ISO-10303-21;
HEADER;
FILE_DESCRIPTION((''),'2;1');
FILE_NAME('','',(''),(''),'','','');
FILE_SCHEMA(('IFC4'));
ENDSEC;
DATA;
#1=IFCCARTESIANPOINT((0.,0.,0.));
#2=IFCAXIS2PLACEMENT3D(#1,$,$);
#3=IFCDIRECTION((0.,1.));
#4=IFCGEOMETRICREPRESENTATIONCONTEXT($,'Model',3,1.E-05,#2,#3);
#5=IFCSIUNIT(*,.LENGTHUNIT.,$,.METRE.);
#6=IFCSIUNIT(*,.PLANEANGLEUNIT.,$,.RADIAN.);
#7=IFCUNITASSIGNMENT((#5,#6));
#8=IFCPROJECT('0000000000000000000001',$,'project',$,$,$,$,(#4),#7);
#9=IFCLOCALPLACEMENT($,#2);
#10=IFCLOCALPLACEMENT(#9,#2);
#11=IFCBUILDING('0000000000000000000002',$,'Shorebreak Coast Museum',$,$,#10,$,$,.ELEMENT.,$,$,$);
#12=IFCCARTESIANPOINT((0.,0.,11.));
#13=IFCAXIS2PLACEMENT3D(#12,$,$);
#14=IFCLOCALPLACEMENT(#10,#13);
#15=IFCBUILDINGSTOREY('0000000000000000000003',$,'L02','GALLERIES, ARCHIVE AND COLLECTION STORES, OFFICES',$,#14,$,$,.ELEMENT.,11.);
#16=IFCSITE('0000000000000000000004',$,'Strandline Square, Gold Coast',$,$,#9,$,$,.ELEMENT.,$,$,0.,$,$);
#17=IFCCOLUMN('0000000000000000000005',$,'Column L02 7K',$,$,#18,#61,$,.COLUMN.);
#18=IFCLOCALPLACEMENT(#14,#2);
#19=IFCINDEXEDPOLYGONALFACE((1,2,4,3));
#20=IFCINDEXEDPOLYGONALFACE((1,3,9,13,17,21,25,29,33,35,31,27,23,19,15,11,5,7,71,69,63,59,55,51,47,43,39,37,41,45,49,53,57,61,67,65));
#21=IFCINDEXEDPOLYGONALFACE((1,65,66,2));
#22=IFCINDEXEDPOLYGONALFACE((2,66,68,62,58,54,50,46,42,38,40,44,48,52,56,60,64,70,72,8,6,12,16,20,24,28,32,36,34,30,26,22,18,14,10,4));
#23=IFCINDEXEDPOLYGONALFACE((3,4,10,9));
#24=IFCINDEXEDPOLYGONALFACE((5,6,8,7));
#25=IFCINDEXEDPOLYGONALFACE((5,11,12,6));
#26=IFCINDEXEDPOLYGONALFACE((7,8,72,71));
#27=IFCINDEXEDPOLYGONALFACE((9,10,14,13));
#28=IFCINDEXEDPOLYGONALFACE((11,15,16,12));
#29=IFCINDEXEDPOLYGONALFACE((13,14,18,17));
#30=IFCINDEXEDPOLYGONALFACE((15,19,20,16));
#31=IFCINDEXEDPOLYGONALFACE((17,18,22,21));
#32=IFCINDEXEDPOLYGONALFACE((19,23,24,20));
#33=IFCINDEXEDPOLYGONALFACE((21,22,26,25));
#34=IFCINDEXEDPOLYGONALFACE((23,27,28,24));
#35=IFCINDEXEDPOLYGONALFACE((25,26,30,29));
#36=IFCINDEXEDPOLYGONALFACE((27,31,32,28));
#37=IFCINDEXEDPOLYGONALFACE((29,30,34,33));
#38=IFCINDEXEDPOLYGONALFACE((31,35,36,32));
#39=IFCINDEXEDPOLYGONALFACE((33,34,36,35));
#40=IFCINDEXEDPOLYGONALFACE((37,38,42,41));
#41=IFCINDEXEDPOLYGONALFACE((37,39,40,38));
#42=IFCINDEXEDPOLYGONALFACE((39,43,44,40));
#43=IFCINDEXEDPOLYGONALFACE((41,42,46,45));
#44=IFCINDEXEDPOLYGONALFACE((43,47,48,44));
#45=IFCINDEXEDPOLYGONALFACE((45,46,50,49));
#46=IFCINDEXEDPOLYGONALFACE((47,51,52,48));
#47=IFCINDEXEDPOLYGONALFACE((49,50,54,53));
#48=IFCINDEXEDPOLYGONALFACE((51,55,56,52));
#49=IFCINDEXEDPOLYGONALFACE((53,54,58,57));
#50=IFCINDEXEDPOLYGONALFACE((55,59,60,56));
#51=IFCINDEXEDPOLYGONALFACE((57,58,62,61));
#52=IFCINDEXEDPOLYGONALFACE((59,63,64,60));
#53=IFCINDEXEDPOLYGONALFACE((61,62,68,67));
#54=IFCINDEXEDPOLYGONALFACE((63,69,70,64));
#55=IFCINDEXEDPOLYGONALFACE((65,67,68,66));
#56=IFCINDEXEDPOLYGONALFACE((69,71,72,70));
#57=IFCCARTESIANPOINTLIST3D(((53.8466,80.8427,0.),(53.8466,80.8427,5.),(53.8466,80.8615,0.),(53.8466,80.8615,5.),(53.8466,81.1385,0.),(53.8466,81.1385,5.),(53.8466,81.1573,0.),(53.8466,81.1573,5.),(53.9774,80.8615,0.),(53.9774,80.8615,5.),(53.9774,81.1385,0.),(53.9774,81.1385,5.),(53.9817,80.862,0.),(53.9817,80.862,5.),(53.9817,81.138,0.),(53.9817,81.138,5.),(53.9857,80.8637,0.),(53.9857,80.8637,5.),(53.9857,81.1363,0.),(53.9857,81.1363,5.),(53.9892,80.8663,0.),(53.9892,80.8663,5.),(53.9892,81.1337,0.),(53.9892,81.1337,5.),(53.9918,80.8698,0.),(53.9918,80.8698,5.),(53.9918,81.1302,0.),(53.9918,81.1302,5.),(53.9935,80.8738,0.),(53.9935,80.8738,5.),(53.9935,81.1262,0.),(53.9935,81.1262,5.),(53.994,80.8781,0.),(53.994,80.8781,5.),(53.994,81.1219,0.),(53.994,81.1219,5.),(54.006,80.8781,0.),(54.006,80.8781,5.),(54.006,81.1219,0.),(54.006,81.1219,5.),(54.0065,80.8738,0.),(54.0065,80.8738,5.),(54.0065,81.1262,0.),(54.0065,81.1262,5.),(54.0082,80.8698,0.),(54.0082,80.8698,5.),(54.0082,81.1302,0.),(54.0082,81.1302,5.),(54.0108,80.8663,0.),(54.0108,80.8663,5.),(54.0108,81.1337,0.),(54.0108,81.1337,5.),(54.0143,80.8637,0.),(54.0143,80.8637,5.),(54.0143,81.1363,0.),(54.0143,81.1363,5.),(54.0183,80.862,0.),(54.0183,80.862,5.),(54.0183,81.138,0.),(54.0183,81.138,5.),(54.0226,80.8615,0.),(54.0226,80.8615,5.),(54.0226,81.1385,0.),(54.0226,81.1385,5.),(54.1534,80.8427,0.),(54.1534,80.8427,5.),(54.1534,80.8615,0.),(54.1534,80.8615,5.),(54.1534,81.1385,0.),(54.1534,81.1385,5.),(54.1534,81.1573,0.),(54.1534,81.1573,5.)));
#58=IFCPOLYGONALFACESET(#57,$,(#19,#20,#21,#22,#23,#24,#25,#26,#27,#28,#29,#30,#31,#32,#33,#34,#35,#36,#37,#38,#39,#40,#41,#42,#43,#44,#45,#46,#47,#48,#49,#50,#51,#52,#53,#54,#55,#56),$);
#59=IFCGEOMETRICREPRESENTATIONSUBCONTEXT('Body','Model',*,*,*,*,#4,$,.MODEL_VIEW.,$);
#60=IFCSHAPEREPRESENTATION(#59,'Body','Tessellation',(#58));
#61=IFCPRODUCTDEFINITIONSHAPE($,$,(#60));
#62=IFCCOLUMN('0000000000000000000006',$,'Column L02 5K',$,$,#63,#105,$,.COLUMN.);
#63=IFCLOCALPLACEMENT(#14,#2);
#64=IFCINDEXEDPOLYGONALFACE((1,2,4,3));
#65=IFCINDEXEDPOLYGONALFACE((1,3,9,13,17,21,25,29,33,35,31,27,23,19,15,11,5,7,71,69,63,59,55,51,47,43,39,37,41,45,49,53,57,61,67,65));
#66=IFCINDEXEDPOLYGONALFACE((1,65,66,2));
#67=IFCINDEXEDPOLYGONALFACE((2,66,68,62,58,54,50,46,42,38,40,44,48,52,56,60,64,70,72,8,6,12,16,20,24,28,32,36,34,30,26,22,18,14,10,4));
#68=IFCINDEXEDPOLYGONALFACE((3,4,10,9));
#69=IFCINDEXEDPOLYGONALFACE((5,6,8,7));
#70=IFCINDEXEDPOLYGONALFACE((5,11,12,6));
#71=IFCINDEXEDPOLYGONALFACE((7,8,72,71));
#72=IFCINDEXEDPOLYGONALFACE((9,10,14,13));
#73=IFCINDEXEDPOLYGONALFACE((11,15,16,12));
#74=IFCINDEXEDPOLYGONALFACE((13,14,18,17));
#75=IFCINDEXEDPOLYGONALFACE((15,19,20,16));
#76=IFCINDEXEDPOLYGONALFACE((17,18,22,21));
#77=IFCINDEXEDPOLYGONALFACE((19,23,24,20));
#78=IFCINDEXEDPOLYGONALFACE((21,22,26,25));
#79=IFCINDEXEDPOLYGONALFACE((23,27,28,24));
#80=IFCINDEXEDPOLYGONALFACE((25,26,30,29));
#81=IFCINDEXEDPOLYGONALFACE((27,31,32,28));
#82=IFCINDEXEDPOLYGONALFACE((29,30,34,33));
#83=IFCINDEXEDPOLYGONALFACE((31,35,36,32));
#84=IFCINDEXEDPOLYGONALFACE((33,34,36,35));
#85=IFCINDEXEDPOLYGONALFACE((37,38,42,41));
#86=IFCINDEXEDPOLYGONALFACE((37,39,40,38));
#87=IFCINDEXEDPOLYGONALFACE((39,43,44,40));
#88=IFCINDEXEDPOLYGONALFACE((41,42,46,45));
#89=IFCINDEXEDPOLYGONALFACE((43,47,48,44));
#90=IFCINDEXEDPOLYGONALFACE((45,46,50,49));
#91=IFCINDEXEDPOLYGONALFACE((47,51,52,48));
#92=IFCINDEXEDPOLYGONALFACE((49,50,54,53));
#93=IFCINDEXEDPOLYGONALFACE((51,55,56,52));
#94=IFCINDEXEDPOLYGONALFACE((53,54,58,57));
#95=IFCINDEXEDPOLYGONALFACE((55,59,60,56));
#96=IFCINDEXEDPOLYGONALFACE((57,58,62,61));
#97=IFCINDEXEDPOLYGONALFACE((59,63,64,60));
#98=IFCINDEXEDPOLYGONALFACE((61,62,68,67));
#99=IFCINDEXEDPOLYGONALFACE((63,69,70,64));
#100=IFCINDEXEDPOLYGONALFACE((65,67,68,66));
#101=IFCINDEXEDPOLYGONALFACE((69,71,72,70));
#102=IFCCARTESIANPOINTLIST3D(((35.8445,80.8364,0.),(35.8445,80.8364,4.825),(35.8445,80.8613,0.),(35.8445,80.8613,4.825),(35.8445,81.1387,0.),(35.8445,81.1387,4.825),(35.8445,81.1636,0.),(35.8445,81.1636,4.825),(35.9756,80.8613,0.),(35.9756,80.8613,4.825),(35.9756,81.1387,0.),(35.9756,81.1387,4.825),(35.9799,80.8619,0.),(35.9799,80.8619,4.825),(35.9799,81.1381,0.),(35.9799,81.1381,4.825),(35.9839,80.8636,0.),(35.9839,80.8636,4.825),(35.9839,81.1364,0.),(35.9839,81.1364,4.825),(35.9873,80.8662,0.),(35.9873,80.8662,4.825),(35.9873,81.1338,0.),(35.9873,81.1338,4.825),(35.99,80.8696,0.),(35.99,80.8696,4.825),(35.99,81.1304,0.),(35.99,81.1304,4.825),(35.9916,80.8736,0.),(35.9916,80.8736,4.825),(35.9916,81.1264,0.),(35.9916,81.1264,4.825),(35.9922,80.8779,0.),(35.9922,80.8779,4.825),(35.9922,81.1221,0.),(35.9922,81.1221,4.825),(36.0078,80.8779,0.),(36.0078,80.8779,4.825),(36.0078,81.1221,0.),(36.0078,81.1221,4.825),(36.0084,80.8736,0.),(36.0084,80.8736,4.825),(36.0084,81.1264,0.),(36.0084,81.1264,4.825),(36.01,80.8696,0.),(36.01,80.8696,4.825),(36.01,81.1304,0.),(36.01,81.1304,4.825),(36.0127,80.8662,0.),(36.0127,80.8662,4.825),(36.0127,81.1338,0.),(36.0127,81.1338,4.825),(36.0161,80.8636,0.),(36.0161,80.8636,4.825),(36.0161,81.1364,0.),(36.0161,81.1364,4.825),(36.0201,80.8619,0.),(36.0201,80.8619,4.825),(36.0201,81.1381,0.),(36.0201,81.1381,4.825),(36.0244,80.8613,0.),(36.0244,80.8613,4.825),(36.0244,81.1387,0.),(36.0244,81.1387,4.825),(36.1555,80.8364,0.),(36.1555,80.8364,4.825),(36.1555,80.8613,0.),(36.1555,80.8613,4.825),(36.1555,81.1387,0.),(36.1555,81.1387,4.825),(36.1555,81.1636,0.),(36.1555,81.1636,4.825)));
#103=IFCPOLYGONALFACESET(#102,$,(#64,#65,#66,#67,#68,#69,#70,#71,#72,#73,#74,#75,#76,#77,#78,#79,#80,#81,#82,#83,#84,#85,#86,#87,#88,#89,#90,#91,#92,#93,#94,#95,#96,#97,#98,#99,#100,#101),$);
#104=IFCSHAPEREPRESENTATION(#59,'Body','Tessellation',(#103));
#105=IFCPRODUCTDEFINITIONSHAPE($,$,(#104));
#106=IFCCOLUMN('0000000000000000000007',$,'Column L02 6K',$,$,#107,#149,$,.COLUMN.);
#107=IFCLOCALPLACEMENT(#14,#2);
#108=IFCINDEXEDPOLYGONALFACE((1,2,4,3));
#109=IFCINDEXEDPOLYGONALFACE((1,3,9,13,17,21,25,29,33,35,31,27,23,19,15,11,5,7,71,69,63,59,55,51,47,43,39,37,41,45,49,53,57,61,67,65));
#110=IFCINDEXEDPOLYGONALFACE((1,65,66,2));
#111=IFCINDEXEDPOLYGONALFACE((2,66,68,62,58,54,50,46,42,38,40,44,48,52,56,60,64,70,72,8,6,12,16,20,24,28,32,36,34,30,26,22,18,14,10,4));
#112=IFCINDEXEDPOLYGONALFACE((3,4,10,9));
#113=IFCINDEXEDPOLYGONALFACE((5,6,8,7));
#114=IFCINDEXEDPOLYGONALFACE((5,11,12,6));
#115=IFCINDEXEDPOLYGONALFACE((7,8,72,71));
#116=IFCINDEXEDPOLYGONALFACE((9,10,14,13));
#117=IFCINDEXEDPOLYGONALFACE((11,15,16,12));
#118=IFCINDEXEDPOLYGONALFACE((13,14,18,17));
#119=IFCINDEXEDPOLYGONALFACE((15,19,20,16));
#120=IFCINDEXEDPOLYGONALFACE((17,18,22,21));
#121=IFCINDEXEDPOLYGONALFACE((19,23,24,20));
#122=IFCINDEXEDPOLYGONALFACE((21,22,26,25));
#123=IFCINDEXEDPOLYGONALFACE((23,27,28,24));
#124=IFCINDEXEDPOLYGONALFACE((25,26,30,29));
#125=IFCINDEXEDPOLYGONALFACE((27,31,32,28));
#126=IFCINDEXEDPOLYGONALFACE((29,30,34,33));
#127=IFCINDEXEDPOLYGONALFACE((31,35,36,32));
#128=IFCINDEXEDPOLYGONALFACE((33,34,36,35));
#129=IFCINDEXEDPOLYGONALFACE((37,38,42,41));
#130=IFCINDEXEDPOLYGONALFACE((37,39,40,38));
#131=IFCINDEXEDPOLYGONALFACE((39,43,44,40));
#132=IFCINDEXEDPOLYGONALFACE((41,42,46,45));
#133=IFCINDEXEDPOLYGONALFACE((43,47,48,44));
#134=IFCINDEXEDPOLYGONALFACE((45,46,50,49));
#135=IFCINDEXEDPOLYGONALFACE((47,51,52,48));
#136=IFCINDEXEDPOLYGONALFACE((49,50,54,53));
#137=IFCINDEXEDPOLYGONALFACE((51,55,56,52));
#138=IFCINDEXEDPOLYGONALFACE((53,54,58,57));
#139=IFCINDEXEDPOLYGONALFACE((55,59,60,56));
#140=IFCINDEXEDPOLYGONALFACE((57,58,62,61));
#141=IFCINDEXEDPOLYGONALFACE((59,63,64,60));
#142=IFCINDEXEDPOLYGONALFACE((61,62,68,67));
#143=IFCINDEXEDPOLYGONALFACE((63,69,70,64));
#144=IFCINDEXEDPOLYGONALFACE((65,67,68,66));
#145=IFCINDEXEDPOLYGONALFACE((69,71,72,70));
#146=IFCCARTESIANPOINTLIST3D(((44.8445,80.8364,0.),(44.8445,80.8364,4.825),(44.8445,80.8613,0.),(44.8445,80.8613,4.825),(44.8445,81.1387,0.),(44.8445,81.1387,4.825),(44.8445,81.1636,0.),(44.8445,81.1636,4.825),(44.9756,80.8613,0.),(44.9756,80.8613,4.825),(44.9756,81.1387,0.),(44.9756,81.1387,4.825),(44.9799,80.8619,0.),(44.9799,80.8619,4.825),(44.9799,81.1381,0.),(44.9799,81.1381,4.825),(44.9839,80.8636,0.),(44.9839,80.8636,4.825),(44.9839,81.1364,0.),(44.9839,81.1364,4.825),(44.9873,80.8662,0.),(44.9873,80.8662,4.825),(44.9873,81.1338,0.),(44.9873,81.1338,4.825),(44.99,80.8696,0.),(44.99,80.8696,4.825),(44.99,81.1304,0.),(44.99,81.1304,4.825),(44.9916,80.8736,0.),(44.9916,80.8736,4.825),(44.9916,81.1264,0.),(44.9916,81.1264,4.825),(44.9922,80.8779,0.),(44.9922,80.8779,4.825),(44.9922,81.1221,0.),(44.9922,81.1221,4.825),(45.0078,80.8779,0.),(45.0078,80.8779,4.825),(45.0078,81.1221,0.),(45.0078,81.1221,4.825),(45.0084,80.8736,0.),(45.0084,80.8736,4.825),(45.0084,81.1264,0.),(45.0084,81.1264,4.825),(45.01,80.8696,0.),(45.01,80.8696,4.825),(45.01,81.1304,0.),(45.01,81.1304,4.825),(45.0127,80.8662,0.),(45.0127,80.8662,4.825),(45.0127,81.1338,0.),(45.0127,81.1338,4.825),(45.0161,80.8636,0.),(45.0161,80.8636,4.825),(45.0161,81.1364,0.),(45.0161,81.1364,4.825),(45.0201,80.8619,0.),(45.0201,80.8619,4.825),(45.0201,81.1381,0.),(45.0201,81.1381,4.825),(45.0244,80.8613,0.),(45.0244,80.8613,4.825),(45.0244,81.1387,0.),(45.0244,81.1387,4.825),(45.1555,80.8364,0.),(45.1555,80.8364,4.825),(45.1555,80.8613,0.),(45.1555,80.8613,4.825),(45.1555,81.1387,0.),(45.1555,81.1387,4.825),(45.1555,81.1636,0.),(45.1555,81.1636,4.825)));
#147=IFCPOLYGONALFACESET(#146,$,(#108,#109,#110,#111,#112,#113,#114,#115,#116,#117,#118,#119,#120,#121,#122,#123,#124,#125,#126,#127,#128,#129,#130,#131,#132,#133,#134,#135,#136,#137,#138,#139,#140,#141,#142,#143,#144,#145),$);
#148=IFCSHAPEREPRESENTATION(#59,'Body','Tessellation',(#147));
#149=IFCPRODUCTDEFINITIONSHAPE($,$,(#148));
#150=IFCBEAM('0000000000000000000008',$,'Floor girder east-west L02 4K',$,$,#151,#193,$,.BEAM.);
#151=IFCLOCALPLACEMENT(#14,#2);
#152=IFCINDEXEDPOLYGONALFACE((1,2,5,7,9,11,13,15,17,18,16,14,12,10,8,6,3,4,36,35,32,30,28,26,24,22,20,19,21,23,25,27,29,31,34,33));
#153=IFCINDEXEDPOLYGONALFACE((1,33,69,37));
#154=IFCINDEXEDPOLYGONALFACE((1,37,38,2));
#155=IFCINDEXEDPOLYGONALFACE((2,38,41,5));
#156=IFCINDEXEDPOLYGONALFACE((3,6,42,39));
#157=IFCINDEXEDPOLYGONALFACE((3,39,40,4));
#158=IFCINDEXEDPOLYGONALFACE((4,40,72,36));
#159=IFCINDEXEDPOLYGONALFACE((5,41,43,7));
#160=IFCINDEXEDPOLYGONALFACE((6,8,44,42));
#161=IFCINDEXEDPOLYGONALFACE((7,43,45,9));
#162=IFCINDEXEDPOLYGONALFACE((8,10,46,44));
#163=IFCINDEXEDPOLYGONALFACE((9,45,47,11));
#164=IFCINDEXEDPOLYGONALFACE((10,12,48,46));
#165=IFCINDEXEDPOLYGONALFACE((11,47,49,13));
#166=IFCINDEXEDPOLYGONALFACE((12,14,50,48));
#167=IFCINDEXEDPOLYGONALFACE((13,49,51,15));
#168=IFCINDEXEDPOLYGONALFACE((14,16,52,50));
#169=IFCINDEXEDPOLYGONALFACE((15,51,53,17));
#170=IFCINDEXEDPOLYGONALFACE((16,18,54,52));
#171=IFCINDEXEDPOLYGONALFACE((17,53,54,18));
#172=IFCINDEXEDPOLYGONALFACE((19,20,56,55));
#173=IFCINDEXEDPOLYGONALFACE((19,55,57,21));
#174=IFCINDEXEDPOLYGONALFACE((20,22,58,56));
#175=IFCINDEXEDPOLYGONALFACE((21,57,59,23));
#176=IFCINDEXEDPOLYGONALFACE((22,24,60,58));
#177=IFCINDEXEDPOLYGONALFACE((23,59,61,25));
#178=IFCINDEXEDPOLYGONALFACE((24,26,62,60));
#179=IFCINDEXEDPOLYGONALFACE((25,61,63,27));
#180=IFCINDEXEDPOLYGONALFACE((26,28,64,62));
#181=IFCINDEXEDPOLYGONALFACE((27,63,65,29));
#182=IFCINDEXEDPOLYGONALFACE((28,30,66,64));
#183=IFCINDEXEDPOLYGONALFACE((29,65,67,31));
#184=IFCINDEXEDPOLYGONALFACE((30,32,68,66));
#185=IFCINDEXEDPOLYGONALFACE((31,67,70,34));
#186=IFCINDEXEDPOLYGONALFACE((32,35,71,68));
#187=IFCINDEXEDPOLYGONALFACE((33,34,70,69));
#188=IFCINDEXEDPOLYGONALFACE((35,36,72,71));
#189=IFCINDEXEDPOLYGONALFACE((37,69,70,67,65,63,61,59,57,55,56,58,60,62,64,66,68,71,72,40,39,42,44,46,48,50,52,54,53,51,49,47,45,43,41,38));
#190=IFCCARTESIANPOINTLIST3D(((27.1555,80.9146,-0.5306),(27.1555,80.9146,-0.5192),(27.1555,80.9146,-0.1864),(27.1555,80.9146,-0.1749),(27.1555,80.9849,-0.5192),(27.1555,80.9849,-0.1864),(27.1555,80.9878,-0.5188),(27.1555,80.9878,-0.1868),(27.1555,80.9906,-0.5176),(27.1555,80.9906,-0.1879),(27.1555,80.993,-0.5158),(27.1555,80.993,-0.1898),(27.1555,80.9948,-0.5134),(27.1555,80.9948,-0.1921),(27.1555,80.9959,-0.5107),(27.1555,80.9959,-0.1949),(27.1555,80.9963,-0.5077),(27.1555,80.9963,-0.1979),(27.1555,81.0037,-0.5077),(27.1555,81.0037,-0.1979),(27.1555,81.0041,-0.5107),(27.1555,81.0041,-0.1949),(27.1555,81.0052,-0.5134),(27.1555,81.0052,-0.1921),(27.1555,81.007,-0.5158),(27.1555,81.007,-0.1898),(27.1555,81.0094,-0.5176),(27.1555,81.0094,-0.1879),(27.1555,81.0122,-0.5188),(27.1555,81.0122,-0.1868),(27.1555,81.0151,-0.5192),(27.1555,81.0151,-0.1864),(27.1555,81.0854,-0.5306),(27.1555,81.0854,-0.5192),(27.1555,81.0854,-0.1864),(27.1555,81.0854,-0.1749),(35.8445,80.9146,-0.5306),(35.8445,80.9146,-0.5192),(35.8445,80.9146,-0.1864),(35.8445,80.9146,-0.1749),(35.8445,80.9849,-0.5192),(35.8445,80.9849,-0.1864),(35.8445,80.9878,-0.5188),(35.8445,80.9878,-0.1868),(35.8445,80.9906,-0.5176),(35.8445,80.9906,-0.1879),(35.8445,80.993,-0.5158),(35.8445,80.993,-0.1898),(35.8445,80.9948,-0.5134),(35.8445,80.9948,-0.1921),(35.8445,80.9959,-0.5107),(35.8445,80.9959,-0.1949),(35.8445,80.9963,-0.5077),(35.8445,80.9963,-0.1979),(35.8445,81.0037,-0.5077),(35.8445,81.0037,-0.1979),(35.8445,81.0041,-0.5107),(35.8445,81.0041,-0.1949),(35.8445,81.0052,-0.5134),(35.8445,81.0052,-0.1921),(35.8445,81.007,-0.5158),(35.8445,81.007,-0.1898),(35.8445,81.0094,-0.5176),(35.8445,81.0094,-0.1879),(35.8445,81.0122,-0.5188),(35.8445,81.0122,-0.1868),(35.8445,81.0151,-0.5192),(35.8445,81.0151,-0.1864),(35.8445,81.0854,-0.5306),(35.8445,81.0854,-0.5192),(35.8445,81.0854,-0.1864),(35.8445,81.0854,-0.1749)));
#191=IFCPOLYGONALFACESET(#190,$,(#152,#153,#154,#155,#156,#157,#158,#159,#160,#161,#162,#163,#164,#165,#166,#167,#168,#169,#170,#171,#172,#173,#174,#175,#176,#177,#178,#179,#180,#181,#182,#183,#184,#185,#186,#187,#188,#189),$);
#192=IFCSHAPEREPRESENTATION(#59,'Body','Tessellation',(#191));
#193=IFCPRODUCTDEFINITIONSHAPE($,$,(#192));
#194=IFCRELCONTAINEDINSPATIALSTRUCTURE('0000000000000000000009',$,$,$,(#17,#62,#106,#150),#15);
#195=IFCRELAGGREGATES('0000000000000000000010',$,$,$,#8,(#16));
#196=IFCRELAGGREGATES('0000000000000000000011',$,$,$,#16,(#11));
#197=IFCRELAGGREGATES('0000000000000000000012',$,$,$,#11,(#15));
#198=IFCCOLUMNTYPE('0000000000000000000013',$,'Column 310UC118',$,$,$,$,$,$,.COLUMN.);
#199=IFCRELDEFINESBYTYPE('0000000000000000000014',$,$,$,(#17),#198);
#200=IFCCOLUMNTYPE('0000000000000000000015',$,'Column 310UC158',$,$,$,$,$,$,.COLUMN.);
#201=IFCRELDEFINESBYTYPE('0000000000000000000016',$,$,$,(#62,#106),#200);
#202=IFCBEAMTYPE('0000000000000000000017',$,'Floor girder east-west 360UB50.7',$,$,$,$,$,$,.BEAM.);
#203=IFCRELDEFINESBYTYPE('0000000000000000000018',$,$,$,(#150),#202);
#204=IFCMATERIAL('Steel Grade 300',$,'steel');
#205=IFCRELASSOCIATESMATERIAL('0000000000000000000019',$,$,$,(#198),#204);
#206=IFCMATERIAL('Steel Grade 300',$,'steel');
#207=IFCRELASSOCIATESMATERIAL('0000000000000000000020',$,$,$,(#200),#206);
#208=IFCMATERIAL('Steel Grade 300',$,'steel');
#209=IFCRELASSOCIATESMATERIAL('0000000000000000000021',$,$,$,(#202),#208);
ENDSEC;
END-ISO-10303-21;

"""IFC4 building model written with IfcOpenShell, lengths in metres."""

from ifc_helpers import new_model, si_unit, direction, frame, origin, origin_2d, place, context, subcontext, project, spatial, i_section, extrude, material, material_profile, profile_set, type_object, element, save


model = new_model("IFC4")

# Units and contexts
model_context = context("Model", 3, precision=1e-05, world=origin(), true_north=direction((0.0, 1.0)))
body_context = subcontext(model_context, "Body", "Model", "MODEL_VIEW")
ifc_project = project(units=[si_unit("LENGTHUNIT", "METRE"), si_unit("PLANEANGLEUNIT", "RADIAN")], contexts=[model_context])

# Site, building, storey
site_placement = place(None, origin())
site = spatial("IfcSite", under=ifc_project, at=site_placement, Name="Strandline Square, Gold Coast", CompositionType="ELEMENT", RefElevation=0.0)
building_placement = place(site_placement, origin())
building = spatial("IfcBuilding", under=site, at=building_placement, Name="Shorebreak Coast Museum", CompositionType="ELEMENT")
storey_placement = place(building_placement, frame((0.0, 0.0, 11.0)))
storey = spatial("IfcBuildingStorey", under=building, at=storey_placement, Name="L02", Description="GALLERIES, ARCHIVE AND COLLECTION STORES, OFFICES", CompositionType="ELEMENT", Elevation=11.0)

# Columns
ifc_material_1 = material(Name="Steel Grade 300", Category="steel")
ifc_material_profile_1 = material_profile(ifc_material_1, i_section(OverallWidth=0.3069, OverallDepth=0.3147, WebThickness=0.012, FlangeThickness=0.0188, FilletRadius=0.0166, at=origin_2d()), Name="310UC118")
ifc_profile_set_1 = profile_set([ifc_material_profile_1], Name="Steel Grade 300")
column_type_1 = type_object("IfcColumnType", Name="Column 310UC118", PredefinedType="COLUMN", material=ifc_profile_set_1)
column_placement = place(storey_placement, frame((54.0, 81.0, 0.0), z_axis=(0.0, 0.0, 1.0), x_axis=(1.0, 0.0, 0.0)))
element("IfcColumn", 1, at=column_placement, inside=storey, type_object=column_type_1, Name="Column L02 7K", PredefinedType="COLUMN", context=body_context, shape_type="SweptSolid", body=[
    extrude(i_section(OverallWidth=0.3069, OverallDepth=0.3147, WebThickness=0.012, FlangeThickness=0.0188, FilletRadius=0.0166, at=origin_2d()), origin(), (0.0, 0.0, 1.0), 5.0),
])
ifc_material_2 = material(Name="Steel Grade 300", Category="steel")
ifc_material_profile_2 = material_profile(ifc_material_2, i_section(OverallWidth=0.311, OverallDepth=0.3271, WebThickness=0.0156, FlangeThickness=0.0249, FilletRadius=0.0166, at=origin_2d()), Name="310UC158")
ifc_profile_set_2 = profile_set([ifc_material_profile_2], Name="Steel Grade 300")
column_type_2 = type_object("IfcColumnType", Name="Column 310UC158", PredefinedType="COLUMN", material=ifc_profile_set_2)
for number, where, z_axis, x_axis, name in (
    (2, (36.0, 81.0, 0.0), (0.0, 0.0, 1.0), (1.0, 0.0, 0.0), "Column L02 5K"),
    (3, (45.0, 81.0, 0.0), (0.0, 0.0, 1.0), (1.0, 0.0, 0.0), "Column L02 6K"),
):
    element("IfcColumn", number, at=place(storey_placement, frame(where, z_axis=z_axis, x_axis=x_axis)), inside=storey, type_object=column_type_2, Name=name, PredefinedType="COLUMN", context=body_context, shape_type="SweptSolid", body=[
        extrude(i_section(OverallWidth=0.311, OverallDepth=0.3271, WebThickness=0.0156, FlangeThickness=0.0249, FilletRadius=0.0166, at=origin_2d()), origin(), (0.0, 0.0, 1.0), 4.825),
    ])

# Beam
ifc_material_3 = material(Name="Steel Grade 300", Category="steel")
ifc_material_profile_3 = material_profile(ifc_material_3, i_section(OverallWidth=0.1709, OverallDepth=0.3557, WebThickness=0.0073, FlangeThickness=0.0115, FilletRadius=0.0115, at=origin_2d()), Name="360UB50.7")
ifc_profile_set_3 = profile_set([ifc_material_profile_3], Name="Steel Grade 300")
beam_type_1 = type_object("IfcBeamType", Name="Floor girder east-west 360UB50.7", PredefinedType="BEAM", material=ifc_profile_set_3)
for number, where, z_axis, x_axis, name in (
    (4, (27.1555, 81.0, -0.3528), (1.0, 0.0, 0.0), (0.0, 1.0, 0.0), "Floor girder east-west L02 4K"),
):
    element("IfcBeam", number, at=place(storey_placement, frame(where, z_axis=z_axis, x_axis=x_axis)), inside=storey, type_object=beam_type_1, Name=name, PredefinedType="BEAM", context=body_context, shape_type="SweptSolid", body=[
        extrude(i_section(OverallWidth=0.1709, OverallDepth=0.3557, WebThickness=0.0073, FlangeThickness=0.0115, FilletRadius=0.0115, at=origin_2d()), origin(), (0.0, 0.0, 1.0), 8.689),
    ])

save(model, "model.ifc")
